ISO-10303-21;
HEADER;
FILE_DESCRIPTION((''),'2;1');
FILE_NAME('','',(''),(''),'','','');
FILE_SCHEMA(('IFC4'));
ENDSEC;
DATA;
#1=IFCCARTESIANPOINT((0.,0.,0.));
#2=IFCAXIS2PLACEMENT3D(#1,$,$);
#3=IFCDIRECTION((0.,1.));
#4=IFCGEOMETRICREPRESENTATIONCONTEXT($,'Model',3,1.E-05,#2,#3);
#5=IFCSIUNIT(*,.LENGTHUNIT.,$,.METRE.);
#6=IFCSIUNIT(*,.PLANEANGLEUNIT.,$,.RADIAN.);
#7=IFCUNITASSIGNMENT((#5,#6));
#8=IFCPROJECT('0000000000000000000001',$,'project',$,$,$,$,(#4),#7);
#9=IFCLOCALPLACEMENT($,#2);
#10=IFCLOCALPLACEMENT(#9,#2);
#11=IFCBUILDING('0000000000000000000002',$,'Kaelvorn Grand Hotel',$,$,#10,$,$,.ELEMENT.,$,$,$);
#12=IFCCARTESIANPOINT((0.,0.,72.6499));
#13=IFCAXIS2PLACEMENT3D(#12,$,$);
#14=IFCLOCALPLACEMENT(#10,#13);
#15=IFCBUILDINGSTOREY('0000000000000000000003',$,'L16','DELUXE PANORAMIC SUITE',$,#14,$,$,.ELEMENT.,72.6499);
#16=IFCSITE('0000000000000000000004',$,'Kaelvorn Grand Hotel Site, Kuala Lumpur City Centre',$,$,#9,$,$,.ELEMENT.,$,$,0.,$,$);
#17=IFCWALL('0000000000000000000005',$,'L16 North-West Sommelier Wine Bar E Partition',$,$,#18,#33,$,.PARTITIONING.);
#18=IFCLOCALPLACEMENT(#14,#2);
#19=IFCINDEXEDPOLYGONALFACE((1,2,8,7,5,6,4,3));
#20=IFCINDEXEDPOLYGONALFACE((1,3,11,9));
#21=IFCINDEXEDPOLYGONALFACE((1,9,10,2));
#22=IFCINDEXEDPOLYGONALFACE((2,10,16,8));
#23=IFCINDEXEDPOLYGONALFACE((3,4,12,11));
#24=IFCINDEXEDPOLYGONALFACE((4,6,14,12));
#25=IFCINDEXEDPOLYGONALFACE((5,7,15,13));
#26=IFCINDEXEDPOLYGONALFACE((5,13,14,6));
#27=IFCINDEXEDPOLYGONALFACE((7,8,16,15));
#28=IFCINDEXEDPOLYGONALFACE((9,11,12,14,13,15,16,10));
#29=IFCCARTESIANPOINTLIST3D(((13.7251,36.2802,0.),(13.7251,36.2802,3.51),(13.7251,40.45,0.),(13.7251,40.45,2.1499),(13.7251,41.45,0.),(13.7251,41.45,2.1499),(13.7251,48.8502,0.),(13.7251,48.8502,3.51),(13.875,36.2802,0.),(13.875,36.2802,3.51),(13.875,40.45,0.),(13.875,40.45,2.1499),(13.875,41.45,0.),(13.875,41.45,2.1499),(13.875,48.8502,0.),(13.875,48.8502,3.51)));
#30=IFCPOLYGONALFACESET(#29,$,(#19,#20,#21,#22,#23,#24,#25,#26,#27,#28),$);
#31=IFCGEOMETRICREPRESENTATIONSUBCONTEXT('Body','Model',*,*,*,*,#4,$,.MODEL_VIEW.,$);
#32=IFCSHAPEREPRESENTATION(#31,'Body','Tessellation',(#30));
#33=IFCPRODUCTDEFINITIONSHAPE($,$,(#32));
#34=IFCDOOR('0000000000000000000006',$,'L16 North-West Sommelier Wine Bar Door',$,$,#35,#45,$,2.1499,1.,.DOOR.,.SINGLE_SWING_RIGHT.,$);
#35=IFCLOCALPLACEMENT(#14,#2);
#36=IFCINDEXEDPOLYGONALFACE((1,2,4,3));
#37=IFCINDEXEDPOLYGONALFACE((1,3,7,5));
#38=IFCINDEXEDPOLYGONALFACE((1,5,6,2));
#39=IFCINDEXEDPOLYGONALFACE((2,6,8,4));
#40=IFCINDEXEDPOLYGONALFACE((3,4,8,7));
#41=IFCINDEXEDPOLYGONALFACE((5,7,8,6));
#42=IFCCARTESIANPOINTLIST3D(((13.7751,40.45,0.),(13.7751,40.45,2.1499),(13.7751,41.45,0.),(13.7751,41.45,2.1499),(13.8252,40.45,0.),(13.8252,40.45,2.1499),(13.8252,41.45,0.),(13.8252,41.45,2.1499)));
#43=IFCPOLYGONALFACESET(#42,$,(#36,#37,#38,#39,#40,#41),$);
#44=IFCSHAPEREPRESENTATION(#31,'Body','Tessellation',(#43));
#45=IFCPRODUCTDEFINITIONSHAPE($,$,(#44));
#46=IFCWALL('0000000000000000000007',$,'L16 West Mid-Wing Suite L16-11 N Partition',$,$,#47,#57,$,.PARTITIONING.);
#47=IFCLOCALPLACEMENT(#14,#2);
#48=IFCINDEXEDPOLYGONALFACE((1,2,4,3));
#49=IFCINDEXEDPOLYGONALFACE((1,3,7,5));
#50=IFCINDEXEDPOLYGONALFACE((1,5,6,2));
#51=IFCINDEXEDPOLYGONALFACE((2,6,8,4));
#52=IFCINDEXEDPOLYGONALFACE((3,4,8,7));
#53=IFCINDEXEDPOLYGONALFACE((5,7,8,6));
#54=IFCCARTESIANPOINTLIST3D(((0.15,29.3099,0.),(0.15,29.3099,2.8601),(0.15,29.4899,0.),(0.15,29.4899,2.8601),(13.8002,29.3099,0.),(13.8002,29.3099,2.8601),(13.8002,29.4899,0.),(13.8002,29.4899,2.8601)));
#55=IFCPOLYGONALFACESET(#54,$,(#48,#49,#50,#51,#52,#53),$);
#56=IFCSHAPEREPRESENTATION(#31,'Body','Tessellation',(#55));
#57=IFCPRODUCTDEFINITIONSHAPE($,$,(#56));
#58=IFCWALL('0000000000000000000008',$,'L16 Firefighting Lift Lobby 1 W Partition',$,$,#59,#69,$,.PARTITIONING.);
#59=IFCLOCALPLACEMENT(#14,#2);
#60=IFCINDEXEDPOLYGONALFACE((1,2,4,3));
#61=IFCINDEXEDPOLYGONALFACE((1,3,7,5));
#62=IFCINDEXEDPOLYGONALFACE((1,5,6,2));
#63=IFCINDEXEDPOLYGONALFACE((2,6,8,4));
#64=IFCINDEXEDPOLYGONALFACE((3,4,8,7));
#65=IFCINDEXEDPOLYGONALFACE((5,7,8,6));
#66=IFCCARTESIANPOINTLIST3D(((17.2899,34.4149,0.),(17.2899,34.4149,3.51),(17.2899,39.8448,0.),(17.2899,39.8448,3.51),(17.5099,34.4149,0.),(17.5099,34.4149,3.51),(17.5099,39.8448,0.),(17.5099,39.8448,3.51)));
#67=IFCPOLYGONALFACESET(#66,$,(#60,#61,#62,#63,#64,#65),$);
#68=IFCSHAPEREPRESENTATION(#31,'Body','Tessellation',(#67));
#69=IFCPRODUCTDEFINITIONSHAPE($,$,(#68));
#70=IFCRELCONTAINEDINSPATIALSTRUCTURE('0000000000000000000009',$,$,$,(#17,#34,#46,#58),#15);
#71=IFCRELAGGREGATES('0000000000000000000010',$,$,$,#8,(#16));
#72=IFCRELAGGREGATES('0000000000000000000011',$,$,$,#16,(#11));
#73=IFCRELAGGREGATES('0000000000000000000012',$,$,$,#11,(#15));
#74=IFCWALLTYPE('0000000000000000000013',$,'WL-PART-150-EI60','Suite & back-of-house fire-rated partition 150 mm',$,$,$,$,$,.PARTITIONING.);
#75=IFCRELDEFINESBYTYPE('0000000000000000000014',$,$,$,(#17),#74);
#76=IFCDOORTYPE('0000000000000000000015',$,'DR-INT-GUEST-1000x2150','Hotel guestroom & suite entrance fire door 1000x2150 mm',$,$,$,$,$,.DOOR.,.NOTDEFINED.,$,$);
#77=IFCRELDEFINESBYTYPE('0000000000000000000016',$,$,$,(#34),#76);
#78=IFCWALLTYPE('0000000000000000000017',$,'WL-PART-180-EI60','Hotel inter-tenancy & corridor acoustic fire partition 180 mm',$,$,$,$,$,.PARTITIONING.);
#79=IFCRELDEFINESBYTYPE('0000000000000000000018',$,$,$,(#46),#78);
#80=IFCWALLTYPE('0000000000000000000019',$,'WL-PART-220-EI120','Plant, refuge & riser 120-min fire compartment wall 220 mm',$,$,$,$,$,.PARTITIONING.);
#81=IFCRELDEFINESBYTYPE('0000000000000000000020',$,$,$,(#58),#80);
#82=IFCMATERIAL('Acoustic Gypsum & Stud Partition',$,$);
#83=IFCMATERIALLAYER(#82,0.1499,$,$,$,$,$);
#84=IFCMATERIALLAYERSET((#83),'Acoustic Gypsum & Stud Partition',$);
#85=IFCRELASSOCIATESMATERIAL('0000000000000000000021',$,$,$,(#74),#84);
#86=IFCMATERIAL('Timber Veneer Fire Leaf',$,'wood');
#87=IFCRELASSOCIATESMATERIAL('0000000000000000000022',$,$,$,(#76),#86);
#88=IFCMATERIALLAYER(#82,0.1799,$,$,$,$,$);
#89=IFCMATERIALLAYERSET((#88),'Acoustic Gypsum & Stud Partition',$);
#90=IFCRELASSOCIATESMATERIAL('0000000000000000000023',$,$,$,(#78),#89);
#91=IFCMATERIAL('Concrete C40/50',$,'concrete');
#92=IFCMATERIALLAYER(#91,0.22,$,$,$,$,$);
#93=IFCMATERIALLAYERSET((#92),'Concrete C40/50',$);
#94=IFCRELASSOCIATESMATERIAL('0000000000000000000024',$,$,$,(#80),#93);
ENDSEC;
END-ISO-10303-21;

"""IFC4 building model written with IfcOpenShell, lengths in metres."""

from ifc_helpers import new_model, si_unit, direction, frame, frame_2d, origin, place, context, subcontext, project, spatial, rectangle, extrude, material, layer, layer_set, type_object, element, fill, save


model = new_model("IFC4")

# Units and contexts
model_context = context("Model", 3, precision=1e-05, world=origin(), true_north=direction((0.0, 1.0)))
body_context = subcontext(model_context, "Body", "Model", "MODEL_VIEW")
ifc_project = project(units=[si_unit("LENGTHUNIT", "METRE"), si_unit("PLANEANGLEUNIT", "RADIAN")], contexts=[model_context])

# Site, building, storey
site_placement = place(None, origin())
site = spatial("IfcSite", under=ifc_project, at=site_placement, Name="Kaelvorn Grand Hotel Site, Kuala Lumpur City Centre", CompositionType="ELEMENT", RefElevation=0.0)
building_placement = place(site_placement, origin())
building = spatial("IfcBuilding", under=site, at=building_placement, Name="Kaelvorn Grand Hotel", CompositionType="ELEMENT")
storey_placement = place(building_placement, frame((0.0, 0.0, 72.6499)))
storey = spatial("IfcBuildingStorey", under=building, at=storey_placement, Name="L16", Description="DELUXE PANORAMIC SUITE", CompositionType="ELEMENT", Elevation=72.6499)

# Shared definitions
ifc_material_1 = material(Name="Acoustic Gypsum & Stud Partition")
ifc_layer_1 = layer(ifc_material_1, 0.1499)
ifc_layer_set_1 = layer_set([ifc_layer_1], Name="Acoustic Gypsum & Stud Partition")
wall_type_1 = type_object("IfcWallType", Name="WL-PART-150-EI60", Description="Suite & back-of-house fire-rated partition 150 mm", PredefinedType="PARTITIONING", material=ifc_layer_set_1)

# Wall, opening, door
ifc_material_2 = material(Name="Timber Veneer Fire Leaf", Category="wood")
door_type_1 = type_object("IfcDoorType", Name="DR-INT-GUEST-1000x2150", Description="Hotel guestroom & suite entrance fire door 1000x2150 mm", OperationType="NOTDEFINED", PredefinedType="DOOR", material=ifc_material_2)
wall_1_placement = place(storey_placement, frame((13.8, 36.28, 0.0), z_axis=(0.0, 0.0, 1.0), x_axis=(0.0, 1.0, 0.0)))
wall_1 = element("IfcWall", 1, at=wall_1_placement, inside=storey, type_object=wall_type_1, Name="L16 North-West Sommelier Wine Bar E Partition", PredefinedType="PARTITIONING", context=body_context, shape_type="SweptSolid", body=[
    extrude(rectangle(XDim=12.5701, YDim=0.1499, at=frame_2d((6.2852, 0.0))), origin(), (0.0, 0.0, 1.0), 3.51),
])
opening_1_placement = place(wall_1_placement, frame((4.1699, 0.0, 0.0)))
opening_1 = element("IfcOpeningElement", 2, at=opening_1_placement, cuts=wall_1, PredefinedType="OPENING", context=body_context, shape_type="SweptSolid", body=[
    extrude(rectangle(XDim=1.0, YDim=2.1499, at=frame_2d((0.5, 1.075))), frame((0.0, 0.085, 0.0), z_axis=(0.0, -1.0, 0.0), x_axis=(1.0, 0.0, 0.0)), (0.0, 0.0, 1.0), 0.1699),
])
door_1_placement = place(opening_1_placement, origin())
door_1 = element("IfcDoor", 3, at=door_1_placement, inside=storey, type_object=door_type_1, Name="L16 North-West Sommelier Wine Bar Door", OperationType="SINGLE_SWING_RIGHT", OverallHeight=2.1499, OverallWidth=1.0, PredefinedType="DOOR", context=body_context, shape_type="SweptSolid", body=[
    extrude(rectangle(XDim=1.0, YDim=2.1499, at=frame_2d((0.5, 1.075))), frame((0.0, 0.0249, 0.0), z_axis=(0.0, -1.0, 0.0), x_axis=(1.0, 0.0, 0.0)), (0.0, 0.0, 1.0), 0.05),
])
fill(opening_1, door_1)

# Wall
ifc_layer_2 = layer(ifc_material_1, 0.1799)
ifc_layer_set_2 = layer_set([ifc_layer_2], Name="Acoustic Gypsum & Stud Partition")
wall_type_2 = type_object("IfcWallType", Name="WL-PART-180-EI60", Description="Hotel inter-tenancy & corridor acoustic fire partition 180 mm", PredefinedType="PARTITIONING", material=ifc_layer_set_2)
wall_2_placement = place(storey_placement, frame((0.1499, 29.3999, 0.0), z_axis=(0.0, 0.0, 1.0), x_axis=(1.0, 0.0, 0.0)))
element("IfcWall", 4, at=wall_2_placement, inside=storey, type_object=wall_type_2, Name="L16 West Mid-Wing Suite L16-11 N Partition", PredefinedType="PARTITIONING", context=body_context, shape_type="SweptSolid", body=[
    extrude(rectangle(XDim=13.6501, YDim=0.1799, at=frame_2d((6.8252, 0.0))), origin(), (0.0, 0.0, 1.0), 2.8601),
])

# Shared definitions
ifc_material_3 = material(Name="Concrete C40/50", Category="concrete")
ifc_layer_3 = layer(ifc_material_3, 0.22)
ifc_layer_set_3 = layer_set([ifc_layer_3], Name="Concrete C40/50")
wall_type_3 = type_object("IfcWallType", Name="WL-PART-220-EI120", Description="Plant, refuge & riser 120-min fire compartment wall 220 mm", PredefinedType="PARTITIONING", material=ifc_layer_set_3)

# Wall
wall_3_placement = place(storey_placement, frame((17.3999, 34.415, 0.0), z_axis=(0.0, 0.0, 1.0), x_axis=(0.0, 1.0, 0.0)))
element("IfcWall", 5, at=wall_3_placement, inside=storey, type_object=wall_type_3, Name="L16 Firefighting Lift Lobby 1 W Partition", PredefinedType="PARTITIONING", context=body_context, shape_type="SweptSolid", body=[
    extrude(rectangle(XDim=5.4299, YDim=0.22, at=frame_2d((2.7148, 0.0))), origin(), (0.0, 0.0, 1.0), 3.51),
])

save(model, "model.ifc")
